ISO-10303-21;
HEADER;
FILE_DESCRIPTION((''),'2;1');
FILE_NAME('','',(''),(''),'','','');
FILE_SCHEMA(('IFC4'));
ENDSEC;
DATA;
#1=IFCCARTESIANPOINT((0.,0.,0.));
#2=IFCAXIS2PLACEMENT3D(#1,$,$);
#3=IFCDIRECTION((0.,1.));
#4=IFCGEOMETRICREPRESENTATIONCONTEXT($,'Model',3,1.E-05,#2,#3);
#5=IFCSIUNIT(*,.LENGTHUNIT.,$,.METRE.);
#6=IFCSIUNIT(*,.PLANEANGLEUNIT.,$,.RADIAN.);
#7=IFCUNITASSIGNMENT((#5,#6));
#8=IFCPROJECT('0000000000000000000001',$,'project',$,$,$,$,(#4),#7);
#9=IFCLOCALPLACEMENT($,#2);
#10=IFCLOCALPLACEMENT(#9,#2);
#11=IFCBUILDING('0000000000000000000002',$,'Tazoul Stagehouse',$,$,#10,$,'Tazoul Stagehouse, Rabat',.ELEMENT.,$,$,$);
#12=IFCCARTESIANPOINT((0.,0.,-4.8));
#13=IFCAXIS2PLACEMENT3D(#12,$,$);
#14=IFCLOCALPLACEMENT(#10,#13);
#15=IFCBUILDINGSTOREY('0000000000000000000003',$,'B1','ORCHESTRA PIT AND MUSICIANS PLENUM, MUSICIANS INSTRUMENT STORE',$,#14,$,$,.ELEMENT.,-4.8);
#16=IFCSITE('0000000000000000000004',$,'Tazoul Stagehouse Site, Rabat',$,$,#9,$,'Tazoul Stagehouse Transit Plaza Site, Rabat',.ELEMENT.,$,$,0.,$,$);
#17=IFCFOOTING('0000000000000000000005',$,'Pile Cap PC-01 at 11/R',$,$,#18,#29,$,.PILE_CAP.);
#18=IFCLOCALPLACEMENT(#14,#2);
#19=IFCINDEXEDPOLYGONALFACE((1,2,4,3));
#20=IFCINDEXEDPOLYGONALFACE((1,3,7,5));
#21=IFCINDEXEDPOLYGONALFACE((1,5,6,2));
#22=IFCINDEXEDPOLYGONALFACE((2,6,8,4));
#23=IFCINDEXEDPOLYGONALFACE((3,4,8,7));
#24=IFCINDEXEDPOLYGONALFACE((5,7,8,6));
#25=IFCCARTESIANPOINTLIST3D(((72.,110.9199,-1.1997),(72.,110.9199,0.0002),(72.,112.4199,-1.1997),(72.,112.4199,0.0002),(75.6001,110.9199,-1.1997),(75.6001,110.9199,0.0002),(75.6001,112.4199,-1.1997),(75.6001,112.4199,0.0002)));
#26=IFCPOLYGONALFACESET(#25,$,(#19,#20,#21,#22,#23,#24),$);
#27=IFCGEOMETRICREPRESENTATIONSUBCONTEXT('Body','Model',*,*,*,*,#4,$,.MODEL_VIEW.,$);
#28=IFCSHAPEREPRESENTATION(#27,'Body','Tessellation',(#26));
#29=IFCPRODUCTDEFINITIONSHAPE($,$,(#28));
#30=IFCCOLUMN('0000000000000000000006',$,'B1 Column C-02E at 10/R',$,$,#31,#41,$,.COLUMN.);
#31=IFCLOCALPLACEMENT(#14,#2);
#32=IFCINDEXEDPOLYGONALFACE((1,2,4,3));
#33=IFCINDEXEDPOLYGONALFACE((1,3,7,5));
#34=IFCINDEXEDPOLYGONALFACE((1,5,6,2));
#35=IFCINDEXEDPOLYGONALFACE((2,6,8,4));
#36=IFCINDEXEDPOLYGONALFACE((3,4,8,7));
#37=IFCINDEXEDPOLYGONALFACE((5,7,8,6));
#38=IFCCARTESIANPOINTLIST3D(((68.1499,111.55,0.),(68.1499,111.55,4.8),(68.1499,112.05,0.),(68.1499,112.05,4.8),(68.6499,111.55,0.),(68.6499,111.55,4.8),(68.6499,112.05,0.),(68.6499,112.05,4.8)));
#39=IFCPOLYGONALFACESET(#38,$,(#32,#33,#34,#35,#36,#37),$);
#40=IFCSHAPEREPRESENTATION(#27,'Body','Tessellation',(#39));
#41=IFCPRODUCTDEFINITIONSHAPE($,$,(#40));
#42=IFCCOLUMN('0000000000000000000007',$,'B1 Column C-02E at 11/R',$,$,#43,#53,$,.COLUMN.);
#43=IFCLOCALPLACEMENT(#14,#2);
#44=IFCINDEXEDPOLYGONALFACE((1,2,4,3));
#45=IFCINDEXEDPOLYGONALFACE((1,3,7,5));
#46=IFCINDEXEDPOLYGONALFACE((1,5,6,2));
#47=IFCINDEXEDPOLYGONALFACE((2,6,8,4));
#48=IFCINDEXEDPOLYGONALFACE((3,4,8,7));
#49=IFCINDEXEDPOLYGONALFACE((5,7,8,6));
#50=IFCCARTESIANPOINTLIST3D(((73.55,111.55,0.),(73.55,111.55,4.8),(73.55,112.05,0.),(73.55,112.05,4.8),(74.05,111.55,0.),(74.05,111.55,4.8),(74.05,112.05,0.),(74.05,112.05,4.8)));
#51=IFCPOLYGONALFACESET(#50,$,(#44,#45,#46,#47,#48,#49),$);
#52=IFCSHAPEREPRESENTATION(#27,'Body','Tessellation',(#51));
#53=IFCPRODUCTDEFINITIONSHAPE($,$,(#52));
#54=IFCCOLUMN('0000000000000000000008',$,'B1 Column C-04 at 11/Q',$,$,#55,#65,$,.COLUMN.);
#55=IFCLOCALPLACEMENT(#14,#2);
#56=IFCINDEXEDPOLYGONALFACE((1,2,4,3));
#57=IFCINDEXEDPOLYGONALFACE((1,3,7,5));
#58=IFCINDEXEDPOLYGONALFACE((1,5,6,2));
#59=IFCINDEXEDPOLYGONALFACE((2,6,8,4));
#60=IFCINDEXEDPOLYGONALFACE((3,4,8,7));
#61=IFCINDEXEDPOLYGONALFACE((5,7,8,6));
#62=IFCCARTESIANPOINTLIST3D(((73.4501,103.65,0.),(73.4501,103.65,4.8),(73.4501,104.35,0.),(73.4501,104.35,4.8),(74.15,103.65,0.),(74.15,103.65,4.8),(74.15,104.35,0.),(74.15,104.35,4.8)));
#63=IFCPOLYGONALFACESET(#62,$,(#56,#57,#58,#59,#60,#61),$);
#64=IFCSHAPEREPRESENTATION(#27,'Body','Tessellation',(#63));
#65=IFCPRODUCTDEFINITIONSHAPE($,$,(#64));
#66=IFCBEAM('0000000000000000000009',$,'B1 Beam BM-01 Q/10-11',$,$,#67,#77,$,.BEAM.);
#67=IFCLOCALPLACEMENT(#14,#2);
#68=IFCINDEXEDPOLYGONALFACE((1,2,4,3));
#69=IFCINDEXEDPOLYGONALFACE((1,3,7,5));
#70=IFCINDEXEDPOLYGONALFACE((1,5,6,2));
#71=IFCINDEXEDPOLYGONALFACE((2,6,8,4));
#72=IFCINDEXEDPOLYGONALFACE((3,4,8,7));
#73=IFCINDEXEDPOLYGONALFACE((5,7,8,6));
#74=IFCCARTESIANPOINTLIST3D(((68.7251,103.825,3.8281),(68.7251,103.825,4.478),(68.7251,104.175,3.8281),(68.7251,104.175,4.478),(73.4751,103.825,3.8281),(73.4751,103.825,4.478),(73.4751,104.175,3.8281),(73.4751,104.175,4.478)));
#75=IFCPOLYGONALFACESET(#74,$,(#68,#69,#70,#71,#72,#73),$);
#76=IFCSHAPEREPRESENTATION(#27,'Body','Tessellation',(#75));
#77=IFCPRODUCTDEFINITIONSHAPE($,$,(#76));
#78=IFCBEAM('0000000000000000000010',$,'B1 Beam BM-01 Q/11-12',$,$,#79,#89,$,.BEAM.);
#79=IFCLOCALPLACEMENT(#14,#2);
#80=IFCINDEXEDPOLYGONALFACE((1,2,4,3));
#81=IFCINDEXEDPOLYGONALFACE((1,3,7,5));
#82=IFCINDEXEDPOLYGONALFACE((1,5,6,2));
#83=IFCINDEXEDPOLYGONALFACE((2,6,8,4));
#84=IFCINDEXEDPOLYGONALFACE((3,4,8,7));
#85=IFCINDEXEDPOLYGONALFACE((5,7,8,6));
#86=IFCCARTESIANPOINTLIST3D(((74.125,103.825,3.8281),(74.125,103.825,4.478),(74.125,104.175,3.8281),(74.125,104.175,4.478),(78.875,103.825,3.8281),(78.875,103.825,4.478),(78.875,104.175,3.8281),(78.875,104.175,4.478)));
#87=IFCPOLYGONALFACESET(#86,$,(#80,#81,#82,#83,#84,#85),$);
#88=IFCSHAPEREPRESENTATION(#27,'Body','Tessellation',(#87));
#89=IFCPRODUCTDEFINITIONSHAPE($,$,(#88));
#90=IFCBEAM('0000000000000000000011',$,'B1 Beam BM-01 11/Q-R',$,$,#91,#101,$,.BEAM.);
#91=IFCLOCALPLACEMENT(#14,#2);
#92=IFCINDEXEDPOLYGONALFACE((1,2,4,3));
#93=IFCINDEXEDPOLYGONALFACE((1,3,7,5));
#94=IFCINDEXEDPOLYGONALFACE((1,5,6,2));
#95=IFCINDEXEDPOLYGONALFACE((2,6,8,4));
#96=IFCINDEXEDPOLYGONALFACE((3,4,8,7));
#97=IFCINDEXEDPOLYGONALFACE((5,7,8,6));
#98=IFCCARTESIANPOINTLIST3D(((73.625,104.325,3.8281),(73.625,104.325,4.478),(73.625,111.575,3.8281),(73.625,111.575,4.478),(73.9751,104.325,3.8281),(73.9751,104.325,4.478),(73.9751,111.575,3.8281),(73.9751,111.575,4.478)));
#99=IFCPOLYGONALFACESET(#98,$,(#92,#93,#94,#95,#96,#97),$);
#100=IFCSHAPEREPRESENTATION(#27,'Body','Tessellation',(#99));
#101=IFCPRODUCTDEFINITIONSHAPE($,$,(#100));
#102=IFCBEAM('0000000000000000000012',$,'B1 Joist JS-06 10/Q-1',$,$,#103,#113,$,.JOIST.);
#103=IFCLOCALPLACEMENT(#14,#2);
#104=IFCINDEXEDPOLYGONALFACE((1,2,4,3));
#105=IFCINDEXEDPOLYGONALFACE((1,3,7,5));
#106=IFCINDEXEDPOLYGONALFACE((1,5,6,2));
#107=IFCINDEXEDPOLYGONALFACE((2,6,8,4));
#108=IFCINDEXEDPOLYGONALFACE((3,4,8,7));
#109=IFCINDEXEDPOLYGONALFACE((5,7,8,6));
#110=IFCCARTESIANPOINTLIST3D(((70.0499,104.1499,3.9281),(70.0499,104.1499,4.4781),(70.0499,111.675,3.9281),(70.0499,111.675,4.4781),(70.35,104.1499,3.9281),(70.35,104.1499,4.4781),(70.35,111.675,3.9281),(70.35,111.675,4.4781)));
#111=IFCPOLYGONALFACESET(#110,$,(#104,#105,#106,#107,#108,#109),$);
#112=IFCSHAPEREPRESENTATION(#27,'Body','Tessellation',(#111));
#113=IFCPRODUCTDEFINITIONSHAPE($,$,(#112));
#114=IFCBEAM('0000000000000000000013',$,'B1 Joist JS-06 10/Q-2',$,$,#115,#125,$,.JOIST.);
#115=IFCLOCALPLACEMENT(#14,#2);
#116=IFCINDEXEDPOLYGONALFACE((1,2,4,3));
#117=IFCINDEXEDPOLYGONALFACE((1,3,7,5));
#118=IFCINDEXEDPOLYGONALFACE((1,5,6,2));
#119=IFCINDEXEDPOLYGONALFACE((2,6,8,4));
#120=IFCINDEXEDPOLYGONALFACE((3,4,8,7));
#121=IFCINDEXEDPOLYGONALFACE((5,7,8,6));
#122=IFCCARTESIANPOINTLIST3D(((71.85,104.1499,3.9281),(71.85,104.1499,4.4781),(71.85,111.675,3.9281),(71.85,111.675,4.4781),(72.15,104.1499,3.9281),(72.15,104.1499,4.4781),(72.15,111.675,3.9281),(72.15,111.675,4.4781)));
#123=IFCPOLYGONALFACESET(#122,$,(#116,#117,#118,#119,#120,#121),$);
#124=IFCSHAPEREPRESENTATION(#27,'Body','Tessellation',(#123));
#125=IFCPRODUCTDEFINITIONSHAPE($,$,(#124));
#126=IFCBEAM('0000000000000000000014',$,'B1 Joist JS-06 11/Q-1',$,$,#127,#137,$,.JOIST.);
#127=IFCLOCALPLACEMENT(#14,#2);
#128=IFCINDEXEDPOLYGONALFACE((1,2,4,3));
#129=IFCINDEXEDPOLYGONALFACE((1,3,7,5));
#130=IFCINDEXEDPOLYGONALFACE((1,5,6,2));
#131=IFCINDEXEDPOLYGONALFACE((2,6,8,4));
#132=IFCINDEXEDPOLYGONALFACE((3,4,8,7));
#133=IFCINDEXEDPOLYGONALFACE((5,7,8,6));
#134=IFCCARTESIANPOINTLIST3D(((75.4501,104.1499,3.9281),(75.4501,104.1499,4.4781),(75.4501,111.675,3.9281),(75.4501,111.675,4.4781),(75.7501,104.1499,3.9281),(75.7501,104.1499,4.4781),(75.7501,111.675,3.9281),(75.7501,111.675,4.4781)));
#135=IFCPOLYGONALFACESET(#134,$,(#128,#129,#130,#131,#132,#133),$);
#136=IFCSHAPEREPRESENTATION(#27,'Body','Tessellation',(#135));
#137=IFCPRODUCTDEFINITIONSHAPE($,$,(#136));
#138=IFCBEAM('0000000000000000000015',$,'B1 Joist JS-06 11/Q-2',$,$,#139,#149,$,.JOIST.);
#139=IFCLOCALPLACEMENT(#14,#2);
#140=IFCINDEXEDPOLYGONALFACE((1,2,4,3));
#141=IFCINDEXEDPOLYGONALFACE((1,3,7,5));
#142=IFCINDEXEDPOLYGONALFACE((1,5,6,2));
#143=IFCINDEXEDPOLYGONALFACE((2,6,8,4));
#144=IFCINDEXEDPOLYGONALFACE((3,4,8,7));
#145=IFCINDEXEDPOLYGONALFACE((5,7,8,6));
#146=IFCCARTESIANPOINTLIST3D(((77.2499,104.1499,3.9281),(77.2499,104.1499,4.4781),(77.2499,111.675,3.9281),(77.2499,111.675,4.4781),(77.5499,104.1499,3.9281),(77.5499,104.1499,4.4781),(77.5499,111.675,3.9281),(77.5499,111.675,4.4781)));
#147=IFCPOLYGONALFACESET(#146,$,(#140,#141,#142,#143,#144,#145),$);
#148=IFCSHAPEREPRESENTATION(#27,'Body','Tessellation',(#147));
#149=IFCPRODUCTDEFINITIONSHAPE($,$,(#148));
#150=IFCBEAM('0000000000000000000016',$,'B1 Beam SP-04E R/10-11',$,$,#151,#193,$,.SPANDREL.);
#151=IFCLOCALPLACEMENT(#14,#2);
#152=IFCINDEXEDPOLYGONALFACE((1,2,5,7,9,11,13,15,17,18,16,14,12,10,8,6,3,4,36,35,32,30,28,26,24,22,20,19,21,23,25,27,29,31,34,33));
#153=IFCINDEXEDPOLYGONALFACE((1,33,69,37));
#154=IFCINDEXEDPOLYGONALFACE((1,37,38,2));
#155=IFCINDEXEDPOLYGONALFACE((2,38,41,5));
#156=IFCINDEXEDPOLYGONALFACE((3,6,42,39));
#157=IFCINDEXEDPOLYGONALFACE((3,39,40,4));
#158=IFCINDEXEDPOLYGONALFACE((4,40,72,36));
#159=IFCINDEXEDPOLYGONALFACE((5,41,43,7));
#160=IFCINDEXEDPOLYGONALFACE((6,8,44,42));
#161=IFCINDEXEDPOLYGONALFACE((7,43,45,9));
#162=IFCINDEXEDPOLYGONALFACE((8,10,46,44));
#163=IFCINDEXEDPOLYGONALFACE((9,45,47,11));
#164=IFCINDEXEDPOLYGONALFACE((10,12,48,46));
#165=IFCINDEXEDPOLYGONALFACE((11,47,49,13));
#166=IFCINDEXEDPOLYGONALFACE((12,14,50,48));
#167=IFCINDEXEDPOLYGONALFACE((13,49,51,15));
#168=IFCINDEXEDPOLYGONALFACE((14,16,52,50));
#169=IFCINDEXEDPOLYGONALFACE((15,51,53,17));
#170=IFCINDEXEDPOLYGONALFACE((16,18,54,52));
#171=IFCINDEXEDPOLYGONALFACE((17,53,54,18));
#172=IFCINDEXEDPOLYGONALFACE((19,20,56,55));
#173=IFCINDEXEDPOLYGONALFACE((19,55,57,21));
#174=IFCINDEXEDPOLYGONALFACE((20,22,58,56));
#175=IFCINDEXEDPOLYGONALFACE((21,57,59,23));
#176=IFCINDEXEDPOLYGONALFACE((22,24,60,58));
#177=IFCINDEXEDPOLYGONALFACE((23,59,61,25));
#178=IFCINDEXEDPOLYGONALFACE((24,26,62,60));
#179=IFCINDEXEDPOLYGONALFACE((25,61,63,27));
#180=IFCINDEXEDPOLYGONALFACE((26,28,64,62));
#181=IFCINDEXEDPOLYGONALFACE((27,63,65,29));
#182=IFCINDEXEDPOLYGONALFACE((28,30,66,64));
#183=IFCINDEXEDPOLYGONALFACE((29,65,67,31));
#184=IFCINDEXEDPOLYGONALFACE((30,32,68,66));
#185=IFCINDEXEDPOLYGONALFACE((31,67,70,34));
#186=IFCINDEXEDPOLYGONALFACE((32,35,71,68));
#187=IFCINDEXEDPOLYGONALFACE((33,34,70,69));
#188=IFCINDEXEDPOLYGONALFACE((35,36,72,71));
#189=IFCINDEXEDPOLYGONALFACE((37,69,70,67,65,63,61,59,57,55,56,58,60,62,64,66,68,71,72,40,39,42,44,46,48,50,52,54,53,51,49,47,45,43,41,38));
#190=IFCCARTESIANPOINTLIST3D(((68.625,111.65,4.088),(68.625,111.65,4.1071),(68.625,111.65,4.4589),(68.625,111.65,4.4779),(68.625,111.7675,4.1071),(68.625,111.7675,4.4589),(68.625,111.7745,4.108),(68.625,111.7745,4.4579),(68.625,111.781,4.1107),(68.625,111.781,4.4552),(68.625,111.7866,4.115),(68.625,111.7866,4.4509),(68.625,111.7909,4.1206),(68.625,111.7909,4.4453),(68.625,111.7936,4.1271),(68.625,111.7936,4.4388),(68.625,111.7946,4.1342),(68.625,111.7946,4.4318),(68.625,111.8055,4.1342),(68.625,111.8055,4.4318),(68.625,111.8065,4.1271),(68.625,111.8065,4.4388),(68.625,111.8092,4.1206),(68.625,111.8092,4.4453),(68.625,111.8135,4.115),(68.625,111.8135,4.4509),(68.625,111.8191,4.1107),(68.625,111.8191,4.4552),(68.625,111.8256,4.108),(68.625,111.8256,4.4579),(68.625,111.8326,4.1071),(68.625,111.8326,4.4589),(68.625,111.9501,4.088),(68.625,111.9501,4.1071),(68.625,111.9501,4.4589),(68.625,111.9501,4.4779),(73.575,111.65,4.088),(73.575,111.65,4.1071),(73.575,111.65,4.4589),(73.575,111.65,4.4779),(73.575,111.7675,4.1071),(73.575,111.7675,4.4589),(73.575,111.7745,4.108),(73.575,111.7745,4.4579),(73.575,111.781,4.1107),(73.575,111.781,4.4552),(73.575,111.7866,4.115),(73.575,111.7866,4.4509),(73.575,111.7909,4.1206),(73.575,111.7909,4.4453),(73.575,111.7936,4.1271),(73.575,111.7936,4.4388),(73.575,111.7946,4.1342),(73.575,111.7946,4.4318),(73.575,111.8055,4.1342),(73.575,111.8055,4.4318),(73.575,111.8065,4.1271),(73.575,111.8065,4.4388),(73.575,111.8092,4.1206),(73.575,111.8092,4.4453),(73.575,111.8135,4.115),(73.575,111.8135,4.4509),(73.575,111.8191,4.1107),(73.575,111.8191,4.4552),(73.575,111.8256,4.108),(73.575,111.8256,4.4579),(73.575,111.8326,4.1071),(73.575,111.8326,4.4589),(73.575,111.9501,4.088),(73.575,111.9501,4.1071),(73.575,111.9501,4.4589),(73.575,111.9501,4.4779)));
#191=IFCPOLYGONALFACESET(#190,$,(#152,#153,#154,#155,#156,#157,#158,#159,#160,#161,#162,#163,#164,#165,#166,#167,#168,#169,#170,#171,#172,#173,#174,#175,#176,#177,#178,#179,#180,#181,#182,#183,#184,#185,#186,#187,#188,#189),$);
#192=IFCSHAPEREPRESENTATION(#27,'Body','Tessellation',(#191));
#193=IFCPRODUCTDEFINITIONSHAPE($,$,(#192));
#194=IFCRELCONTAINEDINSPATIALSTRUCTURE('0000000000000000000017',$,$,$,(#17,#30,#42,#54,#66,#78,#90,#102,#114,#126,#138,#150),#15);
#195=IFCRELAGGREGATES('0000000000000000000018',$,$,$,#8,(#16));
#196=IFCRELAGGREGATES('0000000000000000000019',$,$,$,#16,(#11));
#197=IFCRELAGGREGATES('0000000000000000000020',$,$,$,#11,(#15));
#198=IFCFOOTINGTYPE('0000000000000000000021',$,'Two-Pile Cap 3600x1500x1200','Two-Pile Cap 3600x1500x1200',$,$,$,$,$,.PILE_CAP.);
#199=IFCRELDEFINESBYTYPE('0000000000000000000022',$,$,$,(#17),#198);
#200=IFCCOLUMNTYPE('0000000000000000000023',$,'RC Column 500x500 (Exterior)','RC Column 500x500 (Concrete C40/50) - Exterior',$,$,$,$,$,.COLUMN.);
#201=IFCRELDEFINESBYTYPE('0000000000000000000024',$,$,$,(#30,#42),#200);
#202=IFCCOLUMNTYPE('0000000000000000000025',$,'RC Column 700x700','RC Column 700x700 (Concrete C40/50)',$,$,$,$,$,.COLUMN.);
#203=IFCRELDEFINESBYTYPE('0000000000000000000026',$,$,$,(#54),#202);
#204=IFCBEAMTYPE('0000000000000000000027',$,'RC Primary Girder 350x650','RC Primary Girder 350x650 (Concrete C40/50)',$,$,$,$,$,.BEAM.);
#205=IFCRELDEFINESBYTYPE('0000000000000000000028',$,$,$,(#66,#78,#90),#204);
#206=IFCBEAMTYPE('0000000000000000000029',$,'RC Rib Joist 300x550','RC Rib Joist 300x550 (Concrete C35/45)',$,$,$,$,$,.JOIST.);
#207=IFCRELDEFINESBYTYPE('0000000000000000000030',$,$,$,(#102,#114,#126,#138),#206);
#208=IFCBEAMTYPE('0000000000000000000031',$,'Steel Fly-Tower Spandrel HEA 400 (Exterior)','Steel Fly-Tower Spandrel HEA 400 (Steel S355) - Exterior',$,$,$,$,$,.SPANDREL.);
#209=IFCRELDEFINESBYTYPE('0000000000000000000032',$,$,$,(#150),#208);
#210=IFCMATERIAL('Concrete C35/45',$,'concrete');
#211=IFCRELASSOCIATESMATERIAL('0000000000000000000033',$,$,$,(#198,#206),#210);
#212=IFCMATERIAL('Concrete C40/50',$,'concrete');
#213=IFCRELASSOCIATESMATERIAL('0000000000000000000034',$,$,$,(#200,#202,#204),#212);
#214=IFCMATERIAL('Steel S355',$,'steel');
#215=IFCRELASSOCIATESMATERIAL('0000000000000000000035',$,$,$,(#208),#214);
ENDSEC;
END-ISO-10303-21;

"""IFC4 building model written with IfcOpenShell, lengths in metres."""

from ifc_helpers import new_model, si_unit, direction, frame, origin, origin_2d, place, context, subcontext, project, spatial, rectangle, i_section, extrude, material, material_profile, profile_set, type_object, element, save


model = new_model("IFC4")

# Units and contexts
model_context = context("Model", 3, precision=1e-05, world=origin(), true_north=direction((0.0, 1.0)))
body_context = subcontext(model_context, "Body", "Model", "MODEL_VIEW")
ifc_project = project(units=[si_unit("LENGTHUNIT", "METRE"), si_unit("PLANEANGLEUNIT", "RADIAN")], contexts=[model_context])

# Site, building, storey
site_placement = place(None, origin())
site = spatial("IfcSite", under=ifc_project, at=site_placement, Name="Tazoul Stagehouse Site, Rabat", LongName="Tazoul Stagehouse Transit Plaza Site, Rabat", CompositionType="ELEMENT", RefElevation=0.0)
building_placement = place(site_placement, origin())
building = spatial("IfcBuilding", under=site, at=building_placement, Name="Tazoul Stagehouse", LongName="Tazoul Stagehouse, Rabat", CompositionType="ELEMENT")
storey_placement = place(building_placement, frame((0.0, 0.0, -4.8)))
storey = spatial("IfcBuildingStorey", under=building, at=storey_placement, Name="B1", Description="ORCHESTRA PIT AND MUSICIANS PLENUM, MUSICIANS INSTRUMENT STORE", CompositionType="ELEMENT", Elevation=-4.8)

# Shared definitions
ifc_material_1 = material(Name="Concrete C35/45", Category="concrete")

# Footing
footing_type_1 = type_object("IfcFootingType", Name="Two-Pile Cap 3600x1500x1200", Description="Two-Pile Cap 3600x1500x1200", PredefinedType="PILE_CAP", material=ifc_material_1)
for number, where, z_axis, x_axis, name in (
    (1, (73.8, 111.6699, -1.1997), (0.0, 0.0, 1.0), (1.0, 0.0, 0.0), "Pile Cap PC-01 at 11/R"),
):
    element("IfcFooting", number, at=place(storey_placement, frame(where, z_axis=z_axis, x_axis=x_axis)), inside=storey, type_object=footing_type_1, Name=name, PredefinedType="PILE_CAP", context=body_context, shape_type="SweptSolid", body=[
        extrude(rectangle(XDim=3.6001, YDim=1.5, at=origin_2d()), origin(), (0.0, 0.0, 1.0), 1.2),
    ])

# Columns
ifc_material_2 = material(Name="Concrete C40/50", Category="concrete")
ifc_material_profile_1 = material_profile(ifc_material_2, rectangle(XDim=0.5, YDim=0.5, at=origin_2d()), Name="RC 500x500")
ifc_profile_set_1 = profile_set([ifc_material_profile_1], Name="Concrete C40/50")
column_type_1 = type_object("IfcColumnType", Name="RC Column 500x500 (Exterior)", Description="RC Column 500x500 (Concrete C40/50) - Exterior", PredefinedType="COLUMN", material=ifc_profile_set_1)
for number, where, z_axis, x_axis, name in (
    (2, (68.3999, 111.8, 0.0), (0.0, 0.0, 1.0), (1.0, 0.0, 0.0), "B1 Column C-02E at 10/R"),
    (3, (73.8, 111.8, 0.0), (0.0, 0.0, 1.0), (1.0, 0.0, 0.0), "B1 Column C-02E at 11/R"),
):
    element("IfcColumn", number, at=place(storey_placement, frame(where, z_axis=z_axis, x_axis=x_axis)), inside=storey, type_object=column_type_1, Name=name, PredefinedType="COLUMN", context=body_context, shape_type="SweptSolid", body=[
        extrude(rectangle(XDim=0.5, YDim=0.5, at=origin_2d()), origin(), (0.0, 0.0, 1.0), 4.8),
    ])
ifc_material_profile_2 = material_profile(ifc_material_2, rectangle(XDim=0.7, YDim=0.7, at=origin_2d()), Name="RC 700x700")
ifc_profile_set_2 = profile_set([ifc_material_profile_2], Name="Concrete C40/50")
column_type_2 = type_object("IfcColumnType", Name="RC Column 700x700", Description="RC Column 700x700 (Concrete C40/50)", PredefinedType="COLUMN", material=ifc_profile_set_2)
column_placement = place(storey_placement, frame((73.8, 104.0, 0.0), z_axis=(0.0, 0.0, 1.0), x_axis=(1.0, 0.0, 0.0)))
element("IfcColumn", 4, at=column_placement, inside=storey, type_object=column_type_2, Name="B1 Column C-04 at 11/Q", PredefinedType="COLUMN", context=body_context, shape_type="SweptSolid", body=[
    extrude(rectangle(XDim=0.7, YDim=0.7, at=origin_2d()), origin(), (0.0, 0.0, 1.0), 4.8),
])

# Beams
ifc_material_profile_3 = material_profile(ifc_material_2, rectangle(XDim=0.3501, YDim=0.6499, at=origin_2d()), Name="RC 350x650")
ifc_profile_set_3 = profile_set([ifc_material_profile_3], Name="Concrete C40/50")
beam_type_1 = type_object("IfcBeamType", Name="RC Primary Girder 350x650", Description="RC Primary Girder 350x650 (Concrete C40/50)", PredefinedType="BEAM", material=ifc_profile_set_3)
for number, where, z_axis, x_axis, name in (
    (5, (68.7251, 104.0, 4.1531), (1.0, 0.0, 0.0), (0.0, 1.0, 0.0), "B1 Beam BM-01 Q/10-11"),
    (6, (74.125, 104.0, 4.1531), (1.0, 0.0, 0.0), (0.0, 1.0, 0.0), "B1 Beam BM-01 Q/11-12"),
):
    element("IfcBeam", number, at=place(storey_placement, frame(where, z_axis=z_axis, x_axis=x_axis)), inside=storey, type_object=beam_type_1, Name=name, PredefinedType="BEAM", context=body_context, shape_type="SweptSolid", body=[
        extrude(rectangle(XDim=0.3501, YDim=0.6499, at=origin_2d()), origin(), (0.0, 0.0, 1.0), 4.75),
    ])
beam_1_placement = place(storey_placement, frame((73.8, 104.325, 4.1531), z_axis=(0.0, 1.0, 0.0), x_axis=(-1.0, 0.0, 0.0)))
element("IfcBeam", 7, at=beam_1_placement, inside=storey, type_object=beam_type_1, Name="B1 Beam BM-01 11/Q-R", PredefinedType="BEAM", context=body_context, shape_type="SweptSolid", body=[
    extrude(rectangle(XDim=0.3501, YDim=0.6499, at=origin_2d()), origin(), (0.0, 0.0, 1.0), 7.25),
])
ifc_material_profile_4 = material_profile(ifc_material_1, rectangle(XDim=0.3, YDim=0.55, at=origin_2d()), Name="RC 300x550")
ifc_profile_set_4 = profile_set([ifc_material_profile_4], Name="Concrete C35/45")
beam_type_2 = type_object("IfcBeamType", Name="RC Rib Joist 300x550", Description="RC Rib Joist 300x550 (Concrete C35/45)", PredefinedType="JOIST", material=ifc_profile_set_4)
for number, where, z_axis, x_axis, name in (
    (8, (70.2, 104.1499, 4.2031), (0.0, 1.0, 0.0), (-1.0, 0.0, 0.0), "B1 Joist JS-06 10/Q-1"),
    (9, (72.0, 104.1499, 4.2031), (0.0, 1.0, 0.0), (-1.0, 0.0, 0.0), "B1 Joist JS-06 10/Q-2"),
    (10, (75.6001, 104.1499, 4.2031), (0.0, 1.0, 0.0), (-1.0, 0.0, 0.0), "B1 Joist JS-06 11/Q-1"),
    (11, (77.3999, 104.1499, 4.2031), (0.0, 1.0, 0.0), (-1.0, 0.0, 0.0), "B1 Joist JS-06 11/Q-2"),
):
    element("IfcBeam", number, at=place(storey_placement, frame(where, z_axis=z_axis, x_axis=x_axis)), inside=storey, type_object=beam_type_2, Name=name, PredefinedType="JOIST", context=body_context, shape_type="SweptSolid", body=[
        extrude(rectangle(XDim=0.3, YDim=0.55, at=origin_2d()), origin(), (0.0, 0.0, 1.0), 7.5251),
    ])
ifc_material_3 = material(Name="Steel S355", Category="steel")
ifc_material_profile_5 = material_profile(ifc_material_3, i_section(OverallWidth=0.3, OverallDepth=0.3899, WebThickness=0.011, FlangeThickness=0.019, FilletRadius=0.0271, at=origin_2d()), Name="HEA 400")
ifc_profile_set_5 = profile_set([ifc_material_profile_5], Name="Steel S355")
beam_type_3 = type_object("IfcBeamType", Name="Steel Fly-Tower Spandrel HEA 400 (Exterior)", Description="Steel Fly-Tower Spandrel HEA 400 (Steel S355) - Exterior", PredefinedType="SPANDREL", material=ifc_profile_set_5)
beam_2_placement = place(storey_placement, frame((68.625, 111.8, 4.283), z_axis=(1.0, 0.0, 0.0), x_axis=(0.0, 1.0, 0.0)))
element("IfcBeam", 12, at=beam_2_placement, inside=storey, type_object=beam_type_3, Name="B1 Beam SP-04E R/10-11", PredefinedType="SPANDREL", context=body_context, shape_type="SweptSolid", body=[
    extrude(i_section(OverallWidth=0.3, OverallDepth=0.3899, WebThickness=0.011, FlangeThickness=0.019, FilletRadius=0.0271, at=origin_2d()), origin(), (0.0, 0.0, 1.0), 4.95),
])

save(model, "model.ifc")
